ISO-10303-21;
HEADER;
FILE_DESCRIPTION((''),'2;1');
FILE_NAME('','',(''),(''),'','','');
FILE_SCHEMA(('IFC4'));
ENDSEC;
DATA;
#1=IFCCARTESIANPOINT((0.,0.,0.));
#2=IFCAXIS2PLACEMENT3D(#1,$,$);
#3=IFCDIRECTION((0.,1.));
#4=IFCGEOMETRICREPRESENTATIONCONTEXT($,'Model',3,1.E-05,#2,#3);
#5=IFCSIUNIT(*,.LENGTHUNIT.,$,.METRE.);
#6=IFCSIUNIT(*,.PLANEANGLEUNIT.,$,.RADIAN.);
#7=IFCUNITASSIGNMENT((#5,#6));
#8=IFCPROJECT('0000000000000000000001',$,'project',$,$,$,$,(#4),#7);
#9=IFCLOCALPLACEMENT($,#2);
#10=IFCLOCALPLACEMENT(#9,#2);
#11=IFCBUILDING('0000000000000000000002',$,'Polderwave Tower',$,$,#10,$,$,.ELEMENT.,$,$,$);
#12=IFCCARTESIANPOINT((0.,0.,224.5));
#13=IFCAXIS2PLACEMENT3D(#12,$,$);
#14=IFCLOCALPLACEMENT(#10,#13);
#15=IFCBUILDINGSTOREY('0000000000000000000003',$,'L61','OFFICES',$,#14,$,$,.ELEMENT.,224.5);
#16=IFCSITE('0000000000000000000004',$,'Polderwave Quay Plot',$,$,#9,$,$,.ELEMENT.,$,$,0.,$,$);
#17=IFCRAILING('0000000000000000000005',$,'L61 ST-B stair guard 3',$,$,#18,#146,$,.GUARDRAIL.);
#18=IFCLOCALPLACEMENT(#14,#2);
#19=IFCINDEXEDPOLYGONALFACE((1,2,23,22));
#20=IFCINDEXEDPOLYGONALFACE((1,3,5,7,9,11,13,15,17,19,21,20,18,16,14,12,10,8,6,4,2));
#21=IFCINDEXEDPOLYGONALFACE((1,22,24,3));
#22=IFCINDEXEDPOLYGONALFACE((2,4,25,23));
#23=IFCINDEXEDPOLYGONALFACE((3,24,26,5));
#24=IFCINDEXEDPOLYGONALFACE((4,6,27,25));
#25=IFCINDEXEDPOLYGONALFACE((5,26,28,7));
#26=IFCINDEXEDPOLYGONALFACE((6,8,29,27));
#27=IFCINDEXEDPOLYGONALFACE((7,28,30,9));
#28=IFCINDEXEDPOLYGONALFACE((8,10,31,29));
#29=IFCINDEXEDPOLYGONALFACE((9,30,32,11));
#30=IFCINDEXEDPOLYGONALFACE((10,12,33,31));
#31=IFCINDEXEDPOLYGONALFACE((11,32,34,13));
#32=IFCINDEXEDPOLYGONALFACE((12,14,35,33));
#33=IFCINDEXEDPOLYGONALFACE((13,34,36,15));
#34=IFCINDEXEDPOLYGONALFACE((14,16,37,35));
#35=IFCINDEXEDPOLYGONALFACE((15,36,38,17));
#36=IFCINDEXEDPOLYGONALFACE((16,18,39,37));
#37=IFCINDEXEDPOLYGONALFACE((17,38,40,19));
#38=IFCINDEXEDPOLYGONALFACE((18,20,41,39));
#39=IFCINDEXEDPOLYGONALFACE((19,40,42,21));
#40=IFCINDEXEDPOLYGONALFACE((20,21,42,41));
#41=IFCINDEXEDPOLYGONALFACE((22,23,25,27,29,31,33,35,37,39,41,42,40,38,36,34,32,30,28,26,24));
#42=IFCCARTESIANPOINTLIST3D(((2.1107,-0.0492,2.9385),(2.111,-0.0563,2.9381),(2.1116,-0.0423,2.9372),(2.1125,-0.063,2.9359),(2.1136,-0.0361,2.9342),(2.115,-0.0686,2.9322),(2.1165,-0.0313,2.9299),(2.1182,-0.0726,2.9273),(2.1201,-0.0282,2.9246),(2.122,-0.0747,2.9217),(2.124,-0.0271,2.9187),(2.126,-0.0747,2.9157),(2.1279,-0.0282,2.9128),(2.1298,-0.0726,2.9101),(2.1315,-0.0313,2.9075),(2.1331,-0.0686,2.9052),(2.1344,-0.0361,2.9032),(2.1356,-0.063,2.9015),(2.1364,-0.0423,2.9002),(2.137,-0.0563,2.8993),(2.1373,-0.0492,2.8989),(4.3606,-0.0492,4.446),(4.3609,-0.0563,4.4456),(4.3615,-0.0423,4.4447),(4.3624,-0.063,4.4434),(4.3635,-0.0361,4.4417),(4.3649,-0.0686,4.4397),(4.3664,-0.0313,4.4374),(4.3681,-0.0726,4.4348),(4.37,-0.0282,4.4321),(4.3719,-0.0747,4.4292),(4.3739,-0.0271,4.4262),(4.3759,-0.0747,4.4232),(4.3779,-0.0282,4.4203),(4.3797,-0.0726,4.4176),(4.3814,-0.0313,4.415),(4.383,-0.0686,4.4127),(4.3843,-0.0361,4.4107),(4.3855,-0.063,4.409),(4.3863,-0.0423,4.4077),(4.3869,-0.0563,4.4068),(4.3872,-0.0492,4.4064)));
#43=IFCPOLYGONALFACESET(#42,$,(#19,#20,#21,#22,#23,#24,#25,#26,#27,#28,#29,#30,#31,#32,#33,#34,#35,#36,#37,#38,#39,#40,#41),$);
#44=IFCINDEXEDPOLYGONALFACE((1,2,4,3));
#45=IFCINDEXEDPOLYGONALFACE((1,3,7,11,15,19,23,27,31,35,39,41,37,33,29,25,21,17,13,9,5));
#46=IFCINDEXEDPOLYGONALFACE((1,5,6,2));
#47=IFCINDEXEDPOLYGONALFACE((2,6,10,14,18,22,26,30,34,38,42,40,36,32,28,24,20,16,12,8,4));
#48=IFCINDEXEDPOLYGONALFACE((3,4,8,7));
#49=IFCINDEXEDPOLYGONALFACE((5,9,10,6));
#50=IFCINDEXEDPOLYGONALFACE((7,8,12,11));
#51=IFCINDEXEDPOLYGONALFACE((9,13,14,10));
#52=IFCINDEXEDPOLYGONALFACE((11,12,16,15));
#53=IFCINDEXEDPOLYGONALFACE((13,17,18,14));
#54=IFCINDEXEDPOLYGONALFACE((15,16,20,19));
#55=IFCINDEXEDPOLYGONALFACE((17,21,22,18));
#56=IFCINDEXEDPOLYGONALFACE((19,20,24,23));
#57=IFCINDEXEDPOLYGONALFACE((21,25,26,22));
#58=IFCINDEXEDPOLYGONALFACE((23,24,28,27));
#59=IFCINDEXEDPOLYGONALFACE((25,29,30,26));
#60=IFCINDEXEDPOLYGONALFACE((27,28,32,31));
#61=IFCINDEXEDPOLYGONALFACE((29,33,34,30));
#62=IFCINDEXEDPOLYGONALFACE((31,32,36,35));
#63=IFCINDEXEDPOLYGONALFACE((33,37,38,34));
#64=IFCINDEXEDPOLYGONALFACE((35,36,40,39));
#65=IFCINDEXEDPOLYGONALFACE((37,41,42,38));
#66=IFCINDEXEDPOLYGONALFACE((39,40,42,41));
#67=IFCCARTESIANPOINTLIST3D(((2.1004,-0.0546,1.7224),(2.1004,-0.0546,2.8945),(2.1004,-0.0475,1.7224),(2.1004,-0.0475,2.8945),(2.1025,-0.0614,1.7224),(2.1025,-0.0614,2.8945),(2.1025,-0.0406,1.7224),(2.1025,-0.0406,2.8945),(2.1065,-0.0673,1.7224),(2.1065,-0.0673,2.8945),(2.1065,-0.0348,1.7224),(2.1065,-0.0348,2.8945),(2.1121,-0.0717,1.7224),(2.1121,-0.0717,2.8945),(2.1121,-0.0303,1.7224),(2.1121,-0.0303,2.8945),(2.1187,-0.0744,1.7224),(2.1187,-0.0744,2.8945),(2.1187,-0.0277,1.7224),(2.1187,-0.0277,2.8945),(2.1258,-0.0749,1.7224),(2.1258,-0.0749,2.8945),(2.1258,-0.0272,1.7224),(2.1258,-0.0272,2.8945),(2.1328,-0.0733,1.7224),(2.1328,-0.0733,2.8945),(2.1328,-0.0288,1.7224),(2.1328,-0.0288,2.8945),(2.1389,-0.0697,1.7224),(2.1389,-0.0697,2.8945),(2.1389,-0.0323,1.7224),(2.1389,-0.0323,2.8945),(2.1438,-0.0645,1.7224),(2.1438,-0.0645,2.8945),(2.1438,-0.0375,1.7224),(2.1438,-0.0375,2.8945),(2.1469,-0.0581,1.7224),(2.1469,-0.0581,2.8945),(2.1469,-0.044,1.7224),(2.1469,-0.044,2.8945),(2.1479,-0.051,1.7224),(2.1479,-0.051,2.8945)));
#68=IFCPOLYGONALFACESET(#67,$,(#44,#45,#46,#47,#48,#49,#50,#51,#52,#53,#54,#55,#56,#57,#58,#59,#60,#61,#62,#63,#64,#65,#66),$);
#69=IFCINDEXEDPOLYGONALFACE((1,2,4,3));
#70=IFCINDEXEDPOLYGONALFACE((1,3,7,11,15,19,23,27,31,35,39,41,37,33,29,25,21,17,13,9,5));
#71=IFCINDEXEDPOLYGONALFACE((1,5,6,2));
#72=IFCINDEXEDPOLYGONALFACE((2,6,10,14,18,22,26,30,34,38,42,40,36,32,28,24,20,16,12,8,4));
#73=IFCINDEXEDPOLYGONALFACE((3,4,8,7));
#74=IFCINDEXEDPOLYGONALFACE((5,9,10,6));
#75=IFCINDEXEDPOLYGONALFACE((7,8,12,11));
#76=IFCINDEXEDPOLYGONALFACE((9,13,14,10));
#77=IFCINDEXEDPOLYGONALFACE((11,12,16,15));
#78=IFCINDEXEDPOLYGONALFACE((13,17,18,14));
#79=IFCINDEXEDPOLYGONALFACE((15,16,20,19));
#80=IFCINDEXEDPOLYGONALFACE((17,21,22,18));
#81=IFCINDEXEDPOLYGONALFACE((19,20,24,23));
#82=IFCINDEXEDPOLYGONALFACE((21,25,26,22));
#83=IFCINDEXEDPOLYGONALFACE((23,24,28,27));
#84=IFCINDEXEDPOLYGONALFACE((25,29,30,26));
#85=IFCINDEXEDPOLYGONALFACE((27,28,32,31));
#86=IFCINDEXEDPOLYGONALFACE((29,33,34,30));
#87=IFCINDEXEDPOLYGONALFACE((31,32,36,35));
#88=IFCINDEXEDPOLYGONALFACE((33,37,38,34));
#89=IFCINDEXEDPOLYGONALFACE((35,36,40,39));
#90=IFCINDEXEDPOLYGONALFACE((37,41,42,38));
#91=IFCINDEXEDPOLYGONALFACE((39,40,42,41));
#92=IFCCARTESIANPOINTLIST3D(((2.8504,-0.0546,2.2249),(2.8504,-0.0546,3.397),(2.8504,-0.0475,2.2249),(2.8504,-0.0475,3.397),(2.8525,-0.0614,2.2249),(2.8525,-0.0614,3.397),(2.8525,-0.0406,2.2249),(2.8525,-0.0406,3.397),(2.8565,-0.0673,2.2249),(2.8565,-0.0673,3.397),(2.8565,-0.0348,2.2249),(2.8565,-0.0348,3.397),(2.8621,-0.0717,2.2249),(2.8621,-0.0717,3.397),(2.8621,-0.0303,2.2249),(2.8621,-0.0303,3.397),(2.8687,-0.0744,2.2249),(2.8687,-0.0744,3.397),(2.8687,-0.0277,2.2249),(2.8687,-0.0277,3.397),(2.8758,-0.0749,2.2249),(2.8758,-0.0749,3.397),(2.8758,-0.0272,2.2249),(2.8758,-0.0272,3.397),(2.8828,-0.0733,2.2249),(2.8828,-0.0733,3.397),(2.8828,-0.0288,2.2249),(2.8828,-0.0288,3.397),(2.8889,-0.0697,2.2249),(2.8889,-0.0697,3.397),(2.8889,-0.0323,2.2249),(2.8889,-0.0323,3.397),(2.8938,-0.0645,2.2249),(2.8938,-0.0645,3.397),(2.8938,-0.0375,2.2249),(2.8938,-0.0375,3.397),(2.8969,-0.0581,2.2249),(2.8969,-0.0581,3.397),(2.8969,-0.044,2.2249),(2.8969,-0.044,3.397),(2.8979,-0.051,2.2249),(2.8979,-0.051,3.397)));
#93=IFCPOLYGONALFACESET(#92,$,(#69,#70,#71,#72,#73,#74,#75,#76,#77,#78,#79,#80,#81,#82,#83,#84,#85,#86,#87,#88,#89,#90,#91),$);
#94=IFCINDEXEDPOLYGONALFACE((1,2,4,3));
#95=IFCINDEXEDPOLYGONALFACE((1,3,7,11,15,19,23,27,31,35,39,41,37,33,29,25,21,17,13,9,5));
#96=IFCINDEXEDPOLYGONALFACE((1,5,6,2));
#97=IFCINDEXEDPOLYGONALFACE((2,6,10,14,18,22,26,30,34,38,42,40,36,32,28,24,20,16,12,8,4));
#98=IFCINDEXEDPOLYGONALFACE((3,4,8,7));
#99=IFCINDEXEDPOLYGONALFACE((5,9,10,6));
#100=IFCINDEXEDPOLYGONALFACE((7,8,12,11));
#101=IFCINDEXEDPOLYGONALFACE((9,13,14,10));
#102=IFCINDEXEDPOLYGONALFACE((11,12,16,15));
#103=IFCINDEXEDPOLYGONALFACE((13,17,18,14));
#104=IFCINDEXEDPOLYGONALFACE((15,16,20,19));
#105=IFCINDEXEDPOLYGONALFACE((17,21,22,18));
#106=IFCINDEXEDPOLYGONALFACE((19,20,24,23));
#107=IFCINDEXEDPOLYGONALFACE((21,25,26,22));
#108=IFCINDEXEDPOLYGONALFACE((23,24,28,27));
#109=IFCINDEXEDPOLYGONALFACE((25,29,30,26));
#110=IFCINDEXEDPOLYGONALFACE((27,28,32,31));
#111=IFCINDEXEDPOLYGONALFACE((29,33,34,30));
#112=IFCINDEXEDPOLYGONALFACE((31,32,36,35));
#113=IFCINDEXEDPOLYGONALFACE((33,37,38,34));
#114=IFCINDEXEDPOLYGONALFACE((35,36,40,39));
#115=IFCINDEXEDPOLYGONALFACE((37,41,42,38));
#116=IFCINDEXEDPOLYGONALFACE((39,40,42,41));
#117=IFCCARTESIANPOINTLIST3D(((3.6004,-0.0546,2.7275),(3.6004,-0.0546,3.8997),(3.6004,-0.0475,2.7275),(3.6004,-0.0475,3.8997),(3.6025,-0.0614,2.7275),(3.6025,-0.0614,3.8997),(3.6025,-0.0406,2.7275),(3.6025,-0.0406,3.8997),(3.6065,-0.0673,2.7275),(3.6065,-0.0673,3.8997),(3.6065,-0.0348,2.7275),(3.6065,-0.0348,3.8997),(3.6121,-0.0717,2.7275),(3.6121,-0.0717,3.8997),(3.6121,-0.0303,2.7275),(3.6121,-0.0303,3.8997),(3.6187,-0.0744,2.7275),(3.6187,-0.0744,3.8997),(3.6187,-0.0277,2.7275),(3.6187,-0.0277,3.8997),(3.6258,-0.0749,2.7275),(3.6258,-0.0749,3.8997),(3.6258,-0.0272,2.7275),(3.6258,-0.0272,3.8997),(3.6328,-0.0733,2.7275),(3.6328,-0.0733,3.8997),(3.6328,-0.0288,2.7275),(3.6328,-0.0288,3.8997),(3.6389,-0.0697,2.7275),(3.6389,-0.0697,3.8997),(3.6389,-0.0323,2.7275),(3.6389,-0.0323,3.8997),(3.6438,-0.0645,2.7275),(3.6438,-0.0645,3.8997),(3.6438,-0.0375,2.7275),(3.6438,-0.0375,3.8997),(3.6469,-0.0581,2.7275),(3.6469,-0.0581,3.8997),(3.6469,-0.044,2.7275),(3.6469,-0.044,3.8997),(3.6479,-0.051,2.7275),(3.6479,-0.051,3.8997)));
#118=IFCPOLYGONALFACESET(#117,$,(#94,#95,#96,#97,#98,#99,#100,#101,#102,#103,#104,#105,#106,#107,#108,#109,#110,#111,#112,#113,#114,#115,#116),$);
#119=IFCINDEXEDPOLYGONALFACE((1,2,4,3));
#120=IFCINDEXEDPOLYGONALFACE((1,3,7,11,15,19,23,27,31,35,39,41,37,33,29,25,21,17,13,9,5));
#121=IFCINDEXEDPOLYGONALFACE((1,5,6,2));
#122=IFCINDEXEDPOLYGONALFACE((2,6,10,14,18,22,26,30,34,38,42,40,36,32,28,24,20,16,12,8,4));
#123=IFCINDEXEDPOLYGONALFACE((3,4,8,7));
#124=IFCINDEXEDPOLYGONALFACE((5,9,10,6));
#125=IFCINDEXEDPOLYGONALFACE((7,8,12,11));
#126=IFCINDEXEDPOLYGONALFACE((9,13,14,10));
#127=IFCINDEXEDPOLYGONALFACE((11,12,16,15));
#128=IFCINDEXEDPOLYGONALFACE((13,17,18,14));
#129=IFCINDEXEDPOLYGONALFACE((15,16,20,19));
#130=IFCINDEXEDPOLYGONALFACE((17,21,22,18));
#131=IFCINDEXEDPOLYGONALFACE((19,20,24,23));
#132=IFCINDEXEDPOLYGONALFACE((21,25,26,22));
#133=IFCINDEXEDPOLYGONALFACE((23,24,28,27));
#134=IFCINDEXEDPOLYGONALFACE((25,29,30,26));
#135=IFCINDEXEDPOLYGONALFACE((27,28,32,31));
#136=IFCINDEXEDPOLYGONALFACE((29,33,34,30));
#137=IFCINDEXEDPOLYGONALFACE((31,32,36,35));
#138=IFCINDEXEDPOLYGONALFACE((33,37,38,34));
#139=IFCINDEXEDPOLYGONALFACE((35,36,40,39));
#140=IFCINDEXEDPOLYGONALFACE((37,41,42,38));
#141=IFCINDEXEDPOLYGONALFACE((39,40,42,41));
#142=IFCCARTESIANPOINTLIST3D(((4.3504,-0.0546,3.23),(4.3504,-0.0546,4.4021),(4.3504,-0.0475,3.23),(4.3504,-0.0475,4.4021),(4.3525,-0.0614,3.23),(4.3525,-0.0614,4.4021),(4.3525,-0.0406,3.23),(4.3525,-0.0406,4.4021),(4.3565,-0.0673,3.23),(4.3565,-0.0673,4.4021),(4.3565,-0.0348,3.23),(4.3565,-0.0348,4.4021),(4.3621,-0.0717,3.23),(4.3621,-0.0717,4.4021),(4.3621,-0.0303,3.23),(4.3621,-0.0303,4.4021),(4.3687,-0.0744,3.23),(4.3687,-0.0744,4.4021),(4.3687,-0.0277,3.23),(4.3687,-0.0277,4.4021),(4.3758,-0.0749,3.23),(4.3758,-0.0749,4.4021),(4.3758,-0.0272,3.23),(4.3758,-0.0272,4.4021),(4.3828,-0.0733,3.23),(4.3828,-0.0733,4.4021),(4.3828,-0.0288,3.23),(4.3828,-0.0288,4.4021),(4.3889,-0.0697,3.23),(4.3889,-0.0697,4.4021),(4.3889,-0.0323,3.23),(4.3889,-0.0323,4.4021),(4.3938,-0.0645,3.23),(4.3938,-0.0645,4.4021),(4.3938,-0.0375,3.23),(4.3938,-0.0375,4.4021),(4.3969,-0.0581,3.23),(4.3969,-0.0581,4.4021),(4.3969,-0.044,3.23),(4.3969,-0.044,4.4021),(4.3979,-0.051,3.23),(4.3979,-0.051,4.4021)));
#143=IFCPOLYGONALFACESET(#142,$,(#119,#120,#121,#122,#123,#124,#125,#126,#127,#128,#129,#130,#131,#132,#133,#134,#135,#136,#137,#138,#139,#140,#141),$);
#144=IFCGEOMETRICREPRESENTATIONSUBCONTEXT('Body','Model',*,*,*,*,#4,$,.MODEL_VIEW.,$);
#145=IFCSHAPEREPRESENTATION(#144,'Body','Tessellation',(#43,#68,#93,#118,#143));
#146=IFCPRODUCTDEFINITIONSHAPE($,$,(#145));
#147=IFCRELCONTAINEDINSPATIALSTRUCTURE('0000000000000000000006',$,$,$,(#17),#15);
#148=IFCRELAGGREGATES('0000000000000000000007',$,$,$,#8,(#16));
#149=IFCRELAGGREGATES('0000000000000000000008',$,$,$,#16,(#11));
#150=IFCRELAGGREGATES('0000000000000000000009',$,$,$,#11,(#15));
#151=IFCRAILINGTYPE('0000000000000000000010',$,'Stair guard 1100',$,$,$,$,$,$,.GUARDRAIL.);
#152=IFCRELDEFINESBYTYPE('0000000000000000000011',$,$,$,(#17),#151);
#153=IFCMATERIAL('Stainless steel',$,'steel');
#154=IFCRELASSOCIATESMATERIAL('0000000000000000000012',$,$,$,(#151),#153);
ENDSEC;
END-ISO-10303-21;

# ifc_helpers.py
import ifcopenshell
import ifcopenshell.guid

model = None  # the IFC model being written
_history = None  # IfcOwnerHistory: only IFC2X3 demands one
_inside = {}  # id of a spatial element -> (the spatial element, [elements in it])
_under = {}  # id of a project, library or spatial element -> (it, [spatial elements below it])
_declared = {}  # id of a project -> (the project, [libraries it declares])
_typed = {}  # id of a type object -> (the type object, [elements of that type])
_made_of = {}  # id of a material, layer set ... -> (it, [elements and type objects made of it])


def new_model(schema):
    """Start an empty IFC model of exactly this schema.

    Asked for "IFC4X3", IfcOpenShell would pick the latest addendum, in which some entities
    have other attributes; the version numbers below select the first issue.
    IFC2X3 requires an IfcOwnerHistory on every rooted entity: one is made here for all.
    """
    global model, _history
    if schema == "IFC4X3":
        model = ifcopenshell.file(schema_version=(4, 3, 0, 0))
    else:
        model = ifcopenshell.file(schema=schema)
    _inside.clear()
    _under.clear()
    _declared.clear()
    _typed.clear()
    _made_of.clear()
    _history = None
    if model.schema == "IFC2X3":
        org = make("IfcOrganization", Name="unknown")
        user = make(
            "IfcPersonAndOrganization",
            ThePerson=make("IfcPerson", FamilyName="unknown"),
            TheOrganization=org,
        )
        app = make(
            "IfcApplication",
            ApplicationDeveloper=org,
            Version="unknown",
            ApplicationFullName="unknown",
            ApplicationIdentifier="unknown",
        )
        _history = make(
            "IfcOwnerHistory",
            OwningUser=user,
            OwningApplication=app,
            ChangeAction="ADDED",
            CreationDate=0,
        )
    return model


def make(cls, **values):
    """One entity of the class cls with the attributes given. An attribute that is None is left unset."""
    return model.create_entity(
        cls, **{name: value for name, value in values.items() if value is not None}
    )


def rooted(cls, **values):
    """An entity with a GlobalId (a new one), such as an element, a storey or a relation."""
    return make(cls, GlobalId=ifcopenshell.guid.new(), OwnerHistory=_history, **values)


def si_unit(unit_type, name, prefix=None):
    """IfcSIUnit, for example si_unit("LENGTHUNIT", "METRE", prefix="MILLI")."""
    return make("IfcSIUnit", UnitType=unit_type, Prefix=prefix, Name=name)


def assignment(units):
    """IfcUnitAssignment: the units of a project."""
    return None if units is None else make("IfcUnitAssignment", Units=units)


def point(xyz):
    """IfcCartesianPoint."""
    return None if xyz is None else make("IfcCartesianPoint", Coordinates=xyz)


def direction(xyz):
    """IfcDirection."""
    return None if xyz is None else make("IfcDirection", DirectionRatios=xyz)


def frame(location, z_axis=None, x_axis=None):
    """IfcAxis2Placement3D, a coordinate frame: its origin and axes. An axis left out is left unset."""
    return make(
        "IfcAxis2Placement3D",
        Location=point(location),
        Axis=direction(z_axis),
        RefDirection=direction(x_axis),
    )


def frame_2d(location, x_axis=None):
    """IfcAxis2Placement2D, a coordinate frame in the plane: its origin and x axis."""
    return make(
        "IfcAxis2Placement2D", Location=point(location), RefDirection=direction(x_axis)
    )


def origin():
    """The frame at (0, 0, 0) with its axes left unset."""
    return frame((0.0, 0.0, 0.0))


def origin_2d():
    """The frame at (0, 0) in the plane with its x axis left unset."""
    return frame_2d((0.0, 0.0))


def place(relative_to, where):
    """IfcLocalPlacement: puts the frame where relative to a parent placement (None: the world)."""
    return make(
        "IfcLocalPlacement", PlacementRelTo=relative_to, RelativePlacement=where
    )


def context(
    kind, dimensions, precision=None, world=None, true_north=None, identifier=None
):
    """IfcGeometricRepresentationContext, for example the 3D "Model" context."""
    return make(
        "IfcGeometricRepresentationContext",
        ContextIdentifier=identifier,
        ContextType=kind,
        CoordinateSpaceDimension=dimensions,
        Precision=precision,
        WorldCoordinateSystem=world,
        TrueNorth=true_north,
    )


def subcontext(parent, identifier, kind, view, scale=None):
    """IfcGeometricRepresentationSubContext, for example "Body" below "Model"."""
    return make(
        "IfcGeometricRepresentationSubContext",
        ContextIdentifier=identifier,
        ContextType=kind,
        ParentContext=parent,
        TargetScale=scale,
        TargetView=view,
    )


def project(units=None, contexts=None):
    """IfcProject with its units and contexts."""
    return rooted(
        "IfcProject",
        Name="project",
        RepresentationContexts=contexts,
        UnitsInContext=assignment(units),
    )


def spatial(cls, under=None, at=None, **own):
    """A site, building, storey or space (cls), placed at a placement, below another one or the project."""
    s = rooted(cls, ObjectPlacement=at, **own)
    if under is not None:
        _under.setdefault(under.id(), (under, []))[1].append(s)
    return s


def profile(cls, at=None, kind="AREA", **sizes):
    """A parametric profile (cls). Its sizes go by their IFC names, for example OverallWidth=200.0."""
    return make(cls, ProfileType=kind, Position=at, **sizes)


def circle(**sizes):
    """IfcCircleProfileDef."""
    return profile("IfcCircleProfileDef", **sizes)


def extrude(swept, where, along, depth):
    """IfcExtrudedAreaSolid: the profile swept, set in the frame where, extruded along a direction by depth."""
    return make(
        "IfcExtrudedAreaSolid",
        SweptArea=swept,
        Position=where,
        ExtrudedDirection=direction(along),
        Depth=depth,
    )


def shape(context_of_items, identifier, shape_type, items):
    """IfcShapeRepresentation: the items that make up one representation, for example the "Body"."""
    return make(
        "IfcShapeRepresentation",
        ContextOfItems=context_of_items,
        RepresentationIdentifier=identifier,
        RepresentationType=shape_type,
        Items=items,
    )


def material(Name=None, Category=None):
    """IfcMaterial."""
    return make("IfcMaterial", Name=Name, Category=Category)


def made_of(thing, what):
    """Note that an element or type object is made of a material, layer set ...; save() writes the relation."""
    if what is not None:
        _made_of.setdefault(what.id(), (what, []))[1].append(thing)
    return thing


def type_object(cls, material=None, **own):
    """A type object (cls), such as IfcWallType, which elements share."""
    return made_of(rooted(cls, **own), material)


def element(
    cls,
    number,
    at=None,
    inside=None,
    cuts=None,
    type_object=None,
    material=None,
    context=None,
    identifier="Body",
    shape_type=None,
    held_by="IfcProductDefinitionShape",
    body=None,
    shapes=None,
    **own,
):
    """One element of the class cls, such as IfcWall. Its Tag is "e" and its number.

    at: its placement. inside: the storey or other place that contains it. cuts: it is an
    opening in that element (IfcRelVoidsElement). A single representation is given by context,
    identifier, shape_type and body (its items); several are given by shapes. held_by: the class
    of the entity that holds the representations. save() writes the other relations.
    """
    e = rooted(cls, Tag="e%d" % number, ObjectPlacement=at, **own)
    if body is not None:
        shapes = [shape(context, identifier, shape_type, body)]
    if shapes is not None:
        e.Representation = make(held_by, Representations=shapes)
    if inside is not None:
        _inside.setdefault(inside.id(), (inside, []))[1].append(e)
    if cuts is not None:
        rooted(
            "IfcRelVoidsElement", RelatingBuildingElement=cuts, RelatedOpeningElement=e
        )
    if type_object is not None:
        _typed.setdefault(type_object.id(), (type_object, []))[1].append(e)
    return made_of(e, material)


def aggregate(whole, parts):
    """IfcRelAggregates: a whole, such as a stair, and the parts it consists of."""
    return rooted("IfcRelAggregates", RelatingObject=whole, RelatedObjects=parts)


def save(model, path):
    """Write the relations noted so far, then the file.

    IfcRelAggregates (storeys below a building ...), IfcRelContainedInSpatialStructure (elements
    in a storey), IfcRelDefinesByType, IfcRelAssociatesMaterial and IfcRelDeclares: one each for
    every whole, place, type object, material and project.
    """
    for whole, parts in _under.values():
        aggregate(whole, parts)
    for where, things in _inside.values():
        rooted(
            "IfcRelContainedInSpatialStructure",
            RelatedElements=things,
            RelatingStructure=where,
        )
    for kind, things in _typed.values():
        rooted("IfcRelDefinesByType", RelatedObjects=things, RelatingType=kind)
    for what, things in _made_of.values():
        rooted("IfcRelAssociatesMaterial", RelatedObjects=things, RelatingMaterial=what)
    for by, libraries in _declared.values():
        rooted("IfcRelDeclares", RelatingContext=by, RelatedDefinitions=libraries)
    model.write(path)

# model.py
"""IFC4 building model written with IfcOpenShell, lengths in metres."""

from ifc_helpers import new_model, si_unit, direction, frame, origin, origin_2d, place, context, subcontext, project, spatial, circle, extrude, material, type_object, element, save


model = new_model("IFC4")

# Units and contexts
model_context = context("Model", 3, precision=1e-05, world=origin(), true_north=direction((0.0, 1.0)))
body_context = subcontext(model_context, "Body", "Model", "MODEL_VIEW")
ifc_project = project(units=[si_unit("LENGTHUNIT", "METRE"), si_unit("PLANEANGLEUNIT", "RADIAN")], contexts=[model_context])

# Site, building, storey
site_placement = place(None, origin())
site = spatial("IfcSite", under=ifc_project, at=site_placement, Name="Polderwave Quay Plot", CompositionType="ELEMENT", RefElevation=0.0)
building_placement = place(site_placement, origin())
building = spatial("IfcBuilding", under=site, at=building_placement, Name="Polderwave Tower", CompositionType="ELEMENT")
storey_placement = place(building_placement, frame((0.0, 0.0, 224.5)))
storey = spatial("IfcBuildingStorey", under=building, at=storey_placement, Name="L61", Description="OFFICES", CompositionType="ELEMENT", Elevation=224.5)

# Railing
ifc_material_1 = material(Name="Stainless steel", Category="steel")
railing_type_1 = type_object("IfcRailingType", Name="Stair guard 1100", PredefinedType="GUARDRAIL", material=ifc_material_1)
railing_1_placement = place(storey_placement, frame((2.124, -0.051, 1.7224)))
element("IfcRailing", 1, at=railing_1_placement, inside=storey, type_object=railing_type_1, Name="L61 ST-B stair guard 3", PredefinedType="GUARDRAIL", context=body_context, shape_type="SweptSolid", body=[
    extrude(circle(Radius=0.0239, at=origin_2d()), frame((0.0, 0.0, 1.1963), z_axis=(0.830758, 0.0, 0.556633), x_axis=(0.0, 1.0, 0.0)), (0.0, 0.0, 1.0), 2.7083),
    extrude(circle(Radius=0.0239, at=origin_2d()), origin(), (0.0, 0.0, 1.0), 1.1721),
    extrude(circle(Radius=0.0239, at=origin_2d()), frame((0.75, 0.0, 0.5024)), (0.0, 0.0, 1.0), 1.1721),
    extrude(circle(Radius=0.0239, at=origin_2d()), frame((1.5, 0.0, 1.0051)), (0.0, 0.0, 1.0), 1.1721),
    extrude(circle(Radius=0.0239, at=origin_2d()), frame((2.25, 0.0, 1.5076)), (0.0, 0.0, 1.0), 1.1721),
])

save(model, "model.ifc")
